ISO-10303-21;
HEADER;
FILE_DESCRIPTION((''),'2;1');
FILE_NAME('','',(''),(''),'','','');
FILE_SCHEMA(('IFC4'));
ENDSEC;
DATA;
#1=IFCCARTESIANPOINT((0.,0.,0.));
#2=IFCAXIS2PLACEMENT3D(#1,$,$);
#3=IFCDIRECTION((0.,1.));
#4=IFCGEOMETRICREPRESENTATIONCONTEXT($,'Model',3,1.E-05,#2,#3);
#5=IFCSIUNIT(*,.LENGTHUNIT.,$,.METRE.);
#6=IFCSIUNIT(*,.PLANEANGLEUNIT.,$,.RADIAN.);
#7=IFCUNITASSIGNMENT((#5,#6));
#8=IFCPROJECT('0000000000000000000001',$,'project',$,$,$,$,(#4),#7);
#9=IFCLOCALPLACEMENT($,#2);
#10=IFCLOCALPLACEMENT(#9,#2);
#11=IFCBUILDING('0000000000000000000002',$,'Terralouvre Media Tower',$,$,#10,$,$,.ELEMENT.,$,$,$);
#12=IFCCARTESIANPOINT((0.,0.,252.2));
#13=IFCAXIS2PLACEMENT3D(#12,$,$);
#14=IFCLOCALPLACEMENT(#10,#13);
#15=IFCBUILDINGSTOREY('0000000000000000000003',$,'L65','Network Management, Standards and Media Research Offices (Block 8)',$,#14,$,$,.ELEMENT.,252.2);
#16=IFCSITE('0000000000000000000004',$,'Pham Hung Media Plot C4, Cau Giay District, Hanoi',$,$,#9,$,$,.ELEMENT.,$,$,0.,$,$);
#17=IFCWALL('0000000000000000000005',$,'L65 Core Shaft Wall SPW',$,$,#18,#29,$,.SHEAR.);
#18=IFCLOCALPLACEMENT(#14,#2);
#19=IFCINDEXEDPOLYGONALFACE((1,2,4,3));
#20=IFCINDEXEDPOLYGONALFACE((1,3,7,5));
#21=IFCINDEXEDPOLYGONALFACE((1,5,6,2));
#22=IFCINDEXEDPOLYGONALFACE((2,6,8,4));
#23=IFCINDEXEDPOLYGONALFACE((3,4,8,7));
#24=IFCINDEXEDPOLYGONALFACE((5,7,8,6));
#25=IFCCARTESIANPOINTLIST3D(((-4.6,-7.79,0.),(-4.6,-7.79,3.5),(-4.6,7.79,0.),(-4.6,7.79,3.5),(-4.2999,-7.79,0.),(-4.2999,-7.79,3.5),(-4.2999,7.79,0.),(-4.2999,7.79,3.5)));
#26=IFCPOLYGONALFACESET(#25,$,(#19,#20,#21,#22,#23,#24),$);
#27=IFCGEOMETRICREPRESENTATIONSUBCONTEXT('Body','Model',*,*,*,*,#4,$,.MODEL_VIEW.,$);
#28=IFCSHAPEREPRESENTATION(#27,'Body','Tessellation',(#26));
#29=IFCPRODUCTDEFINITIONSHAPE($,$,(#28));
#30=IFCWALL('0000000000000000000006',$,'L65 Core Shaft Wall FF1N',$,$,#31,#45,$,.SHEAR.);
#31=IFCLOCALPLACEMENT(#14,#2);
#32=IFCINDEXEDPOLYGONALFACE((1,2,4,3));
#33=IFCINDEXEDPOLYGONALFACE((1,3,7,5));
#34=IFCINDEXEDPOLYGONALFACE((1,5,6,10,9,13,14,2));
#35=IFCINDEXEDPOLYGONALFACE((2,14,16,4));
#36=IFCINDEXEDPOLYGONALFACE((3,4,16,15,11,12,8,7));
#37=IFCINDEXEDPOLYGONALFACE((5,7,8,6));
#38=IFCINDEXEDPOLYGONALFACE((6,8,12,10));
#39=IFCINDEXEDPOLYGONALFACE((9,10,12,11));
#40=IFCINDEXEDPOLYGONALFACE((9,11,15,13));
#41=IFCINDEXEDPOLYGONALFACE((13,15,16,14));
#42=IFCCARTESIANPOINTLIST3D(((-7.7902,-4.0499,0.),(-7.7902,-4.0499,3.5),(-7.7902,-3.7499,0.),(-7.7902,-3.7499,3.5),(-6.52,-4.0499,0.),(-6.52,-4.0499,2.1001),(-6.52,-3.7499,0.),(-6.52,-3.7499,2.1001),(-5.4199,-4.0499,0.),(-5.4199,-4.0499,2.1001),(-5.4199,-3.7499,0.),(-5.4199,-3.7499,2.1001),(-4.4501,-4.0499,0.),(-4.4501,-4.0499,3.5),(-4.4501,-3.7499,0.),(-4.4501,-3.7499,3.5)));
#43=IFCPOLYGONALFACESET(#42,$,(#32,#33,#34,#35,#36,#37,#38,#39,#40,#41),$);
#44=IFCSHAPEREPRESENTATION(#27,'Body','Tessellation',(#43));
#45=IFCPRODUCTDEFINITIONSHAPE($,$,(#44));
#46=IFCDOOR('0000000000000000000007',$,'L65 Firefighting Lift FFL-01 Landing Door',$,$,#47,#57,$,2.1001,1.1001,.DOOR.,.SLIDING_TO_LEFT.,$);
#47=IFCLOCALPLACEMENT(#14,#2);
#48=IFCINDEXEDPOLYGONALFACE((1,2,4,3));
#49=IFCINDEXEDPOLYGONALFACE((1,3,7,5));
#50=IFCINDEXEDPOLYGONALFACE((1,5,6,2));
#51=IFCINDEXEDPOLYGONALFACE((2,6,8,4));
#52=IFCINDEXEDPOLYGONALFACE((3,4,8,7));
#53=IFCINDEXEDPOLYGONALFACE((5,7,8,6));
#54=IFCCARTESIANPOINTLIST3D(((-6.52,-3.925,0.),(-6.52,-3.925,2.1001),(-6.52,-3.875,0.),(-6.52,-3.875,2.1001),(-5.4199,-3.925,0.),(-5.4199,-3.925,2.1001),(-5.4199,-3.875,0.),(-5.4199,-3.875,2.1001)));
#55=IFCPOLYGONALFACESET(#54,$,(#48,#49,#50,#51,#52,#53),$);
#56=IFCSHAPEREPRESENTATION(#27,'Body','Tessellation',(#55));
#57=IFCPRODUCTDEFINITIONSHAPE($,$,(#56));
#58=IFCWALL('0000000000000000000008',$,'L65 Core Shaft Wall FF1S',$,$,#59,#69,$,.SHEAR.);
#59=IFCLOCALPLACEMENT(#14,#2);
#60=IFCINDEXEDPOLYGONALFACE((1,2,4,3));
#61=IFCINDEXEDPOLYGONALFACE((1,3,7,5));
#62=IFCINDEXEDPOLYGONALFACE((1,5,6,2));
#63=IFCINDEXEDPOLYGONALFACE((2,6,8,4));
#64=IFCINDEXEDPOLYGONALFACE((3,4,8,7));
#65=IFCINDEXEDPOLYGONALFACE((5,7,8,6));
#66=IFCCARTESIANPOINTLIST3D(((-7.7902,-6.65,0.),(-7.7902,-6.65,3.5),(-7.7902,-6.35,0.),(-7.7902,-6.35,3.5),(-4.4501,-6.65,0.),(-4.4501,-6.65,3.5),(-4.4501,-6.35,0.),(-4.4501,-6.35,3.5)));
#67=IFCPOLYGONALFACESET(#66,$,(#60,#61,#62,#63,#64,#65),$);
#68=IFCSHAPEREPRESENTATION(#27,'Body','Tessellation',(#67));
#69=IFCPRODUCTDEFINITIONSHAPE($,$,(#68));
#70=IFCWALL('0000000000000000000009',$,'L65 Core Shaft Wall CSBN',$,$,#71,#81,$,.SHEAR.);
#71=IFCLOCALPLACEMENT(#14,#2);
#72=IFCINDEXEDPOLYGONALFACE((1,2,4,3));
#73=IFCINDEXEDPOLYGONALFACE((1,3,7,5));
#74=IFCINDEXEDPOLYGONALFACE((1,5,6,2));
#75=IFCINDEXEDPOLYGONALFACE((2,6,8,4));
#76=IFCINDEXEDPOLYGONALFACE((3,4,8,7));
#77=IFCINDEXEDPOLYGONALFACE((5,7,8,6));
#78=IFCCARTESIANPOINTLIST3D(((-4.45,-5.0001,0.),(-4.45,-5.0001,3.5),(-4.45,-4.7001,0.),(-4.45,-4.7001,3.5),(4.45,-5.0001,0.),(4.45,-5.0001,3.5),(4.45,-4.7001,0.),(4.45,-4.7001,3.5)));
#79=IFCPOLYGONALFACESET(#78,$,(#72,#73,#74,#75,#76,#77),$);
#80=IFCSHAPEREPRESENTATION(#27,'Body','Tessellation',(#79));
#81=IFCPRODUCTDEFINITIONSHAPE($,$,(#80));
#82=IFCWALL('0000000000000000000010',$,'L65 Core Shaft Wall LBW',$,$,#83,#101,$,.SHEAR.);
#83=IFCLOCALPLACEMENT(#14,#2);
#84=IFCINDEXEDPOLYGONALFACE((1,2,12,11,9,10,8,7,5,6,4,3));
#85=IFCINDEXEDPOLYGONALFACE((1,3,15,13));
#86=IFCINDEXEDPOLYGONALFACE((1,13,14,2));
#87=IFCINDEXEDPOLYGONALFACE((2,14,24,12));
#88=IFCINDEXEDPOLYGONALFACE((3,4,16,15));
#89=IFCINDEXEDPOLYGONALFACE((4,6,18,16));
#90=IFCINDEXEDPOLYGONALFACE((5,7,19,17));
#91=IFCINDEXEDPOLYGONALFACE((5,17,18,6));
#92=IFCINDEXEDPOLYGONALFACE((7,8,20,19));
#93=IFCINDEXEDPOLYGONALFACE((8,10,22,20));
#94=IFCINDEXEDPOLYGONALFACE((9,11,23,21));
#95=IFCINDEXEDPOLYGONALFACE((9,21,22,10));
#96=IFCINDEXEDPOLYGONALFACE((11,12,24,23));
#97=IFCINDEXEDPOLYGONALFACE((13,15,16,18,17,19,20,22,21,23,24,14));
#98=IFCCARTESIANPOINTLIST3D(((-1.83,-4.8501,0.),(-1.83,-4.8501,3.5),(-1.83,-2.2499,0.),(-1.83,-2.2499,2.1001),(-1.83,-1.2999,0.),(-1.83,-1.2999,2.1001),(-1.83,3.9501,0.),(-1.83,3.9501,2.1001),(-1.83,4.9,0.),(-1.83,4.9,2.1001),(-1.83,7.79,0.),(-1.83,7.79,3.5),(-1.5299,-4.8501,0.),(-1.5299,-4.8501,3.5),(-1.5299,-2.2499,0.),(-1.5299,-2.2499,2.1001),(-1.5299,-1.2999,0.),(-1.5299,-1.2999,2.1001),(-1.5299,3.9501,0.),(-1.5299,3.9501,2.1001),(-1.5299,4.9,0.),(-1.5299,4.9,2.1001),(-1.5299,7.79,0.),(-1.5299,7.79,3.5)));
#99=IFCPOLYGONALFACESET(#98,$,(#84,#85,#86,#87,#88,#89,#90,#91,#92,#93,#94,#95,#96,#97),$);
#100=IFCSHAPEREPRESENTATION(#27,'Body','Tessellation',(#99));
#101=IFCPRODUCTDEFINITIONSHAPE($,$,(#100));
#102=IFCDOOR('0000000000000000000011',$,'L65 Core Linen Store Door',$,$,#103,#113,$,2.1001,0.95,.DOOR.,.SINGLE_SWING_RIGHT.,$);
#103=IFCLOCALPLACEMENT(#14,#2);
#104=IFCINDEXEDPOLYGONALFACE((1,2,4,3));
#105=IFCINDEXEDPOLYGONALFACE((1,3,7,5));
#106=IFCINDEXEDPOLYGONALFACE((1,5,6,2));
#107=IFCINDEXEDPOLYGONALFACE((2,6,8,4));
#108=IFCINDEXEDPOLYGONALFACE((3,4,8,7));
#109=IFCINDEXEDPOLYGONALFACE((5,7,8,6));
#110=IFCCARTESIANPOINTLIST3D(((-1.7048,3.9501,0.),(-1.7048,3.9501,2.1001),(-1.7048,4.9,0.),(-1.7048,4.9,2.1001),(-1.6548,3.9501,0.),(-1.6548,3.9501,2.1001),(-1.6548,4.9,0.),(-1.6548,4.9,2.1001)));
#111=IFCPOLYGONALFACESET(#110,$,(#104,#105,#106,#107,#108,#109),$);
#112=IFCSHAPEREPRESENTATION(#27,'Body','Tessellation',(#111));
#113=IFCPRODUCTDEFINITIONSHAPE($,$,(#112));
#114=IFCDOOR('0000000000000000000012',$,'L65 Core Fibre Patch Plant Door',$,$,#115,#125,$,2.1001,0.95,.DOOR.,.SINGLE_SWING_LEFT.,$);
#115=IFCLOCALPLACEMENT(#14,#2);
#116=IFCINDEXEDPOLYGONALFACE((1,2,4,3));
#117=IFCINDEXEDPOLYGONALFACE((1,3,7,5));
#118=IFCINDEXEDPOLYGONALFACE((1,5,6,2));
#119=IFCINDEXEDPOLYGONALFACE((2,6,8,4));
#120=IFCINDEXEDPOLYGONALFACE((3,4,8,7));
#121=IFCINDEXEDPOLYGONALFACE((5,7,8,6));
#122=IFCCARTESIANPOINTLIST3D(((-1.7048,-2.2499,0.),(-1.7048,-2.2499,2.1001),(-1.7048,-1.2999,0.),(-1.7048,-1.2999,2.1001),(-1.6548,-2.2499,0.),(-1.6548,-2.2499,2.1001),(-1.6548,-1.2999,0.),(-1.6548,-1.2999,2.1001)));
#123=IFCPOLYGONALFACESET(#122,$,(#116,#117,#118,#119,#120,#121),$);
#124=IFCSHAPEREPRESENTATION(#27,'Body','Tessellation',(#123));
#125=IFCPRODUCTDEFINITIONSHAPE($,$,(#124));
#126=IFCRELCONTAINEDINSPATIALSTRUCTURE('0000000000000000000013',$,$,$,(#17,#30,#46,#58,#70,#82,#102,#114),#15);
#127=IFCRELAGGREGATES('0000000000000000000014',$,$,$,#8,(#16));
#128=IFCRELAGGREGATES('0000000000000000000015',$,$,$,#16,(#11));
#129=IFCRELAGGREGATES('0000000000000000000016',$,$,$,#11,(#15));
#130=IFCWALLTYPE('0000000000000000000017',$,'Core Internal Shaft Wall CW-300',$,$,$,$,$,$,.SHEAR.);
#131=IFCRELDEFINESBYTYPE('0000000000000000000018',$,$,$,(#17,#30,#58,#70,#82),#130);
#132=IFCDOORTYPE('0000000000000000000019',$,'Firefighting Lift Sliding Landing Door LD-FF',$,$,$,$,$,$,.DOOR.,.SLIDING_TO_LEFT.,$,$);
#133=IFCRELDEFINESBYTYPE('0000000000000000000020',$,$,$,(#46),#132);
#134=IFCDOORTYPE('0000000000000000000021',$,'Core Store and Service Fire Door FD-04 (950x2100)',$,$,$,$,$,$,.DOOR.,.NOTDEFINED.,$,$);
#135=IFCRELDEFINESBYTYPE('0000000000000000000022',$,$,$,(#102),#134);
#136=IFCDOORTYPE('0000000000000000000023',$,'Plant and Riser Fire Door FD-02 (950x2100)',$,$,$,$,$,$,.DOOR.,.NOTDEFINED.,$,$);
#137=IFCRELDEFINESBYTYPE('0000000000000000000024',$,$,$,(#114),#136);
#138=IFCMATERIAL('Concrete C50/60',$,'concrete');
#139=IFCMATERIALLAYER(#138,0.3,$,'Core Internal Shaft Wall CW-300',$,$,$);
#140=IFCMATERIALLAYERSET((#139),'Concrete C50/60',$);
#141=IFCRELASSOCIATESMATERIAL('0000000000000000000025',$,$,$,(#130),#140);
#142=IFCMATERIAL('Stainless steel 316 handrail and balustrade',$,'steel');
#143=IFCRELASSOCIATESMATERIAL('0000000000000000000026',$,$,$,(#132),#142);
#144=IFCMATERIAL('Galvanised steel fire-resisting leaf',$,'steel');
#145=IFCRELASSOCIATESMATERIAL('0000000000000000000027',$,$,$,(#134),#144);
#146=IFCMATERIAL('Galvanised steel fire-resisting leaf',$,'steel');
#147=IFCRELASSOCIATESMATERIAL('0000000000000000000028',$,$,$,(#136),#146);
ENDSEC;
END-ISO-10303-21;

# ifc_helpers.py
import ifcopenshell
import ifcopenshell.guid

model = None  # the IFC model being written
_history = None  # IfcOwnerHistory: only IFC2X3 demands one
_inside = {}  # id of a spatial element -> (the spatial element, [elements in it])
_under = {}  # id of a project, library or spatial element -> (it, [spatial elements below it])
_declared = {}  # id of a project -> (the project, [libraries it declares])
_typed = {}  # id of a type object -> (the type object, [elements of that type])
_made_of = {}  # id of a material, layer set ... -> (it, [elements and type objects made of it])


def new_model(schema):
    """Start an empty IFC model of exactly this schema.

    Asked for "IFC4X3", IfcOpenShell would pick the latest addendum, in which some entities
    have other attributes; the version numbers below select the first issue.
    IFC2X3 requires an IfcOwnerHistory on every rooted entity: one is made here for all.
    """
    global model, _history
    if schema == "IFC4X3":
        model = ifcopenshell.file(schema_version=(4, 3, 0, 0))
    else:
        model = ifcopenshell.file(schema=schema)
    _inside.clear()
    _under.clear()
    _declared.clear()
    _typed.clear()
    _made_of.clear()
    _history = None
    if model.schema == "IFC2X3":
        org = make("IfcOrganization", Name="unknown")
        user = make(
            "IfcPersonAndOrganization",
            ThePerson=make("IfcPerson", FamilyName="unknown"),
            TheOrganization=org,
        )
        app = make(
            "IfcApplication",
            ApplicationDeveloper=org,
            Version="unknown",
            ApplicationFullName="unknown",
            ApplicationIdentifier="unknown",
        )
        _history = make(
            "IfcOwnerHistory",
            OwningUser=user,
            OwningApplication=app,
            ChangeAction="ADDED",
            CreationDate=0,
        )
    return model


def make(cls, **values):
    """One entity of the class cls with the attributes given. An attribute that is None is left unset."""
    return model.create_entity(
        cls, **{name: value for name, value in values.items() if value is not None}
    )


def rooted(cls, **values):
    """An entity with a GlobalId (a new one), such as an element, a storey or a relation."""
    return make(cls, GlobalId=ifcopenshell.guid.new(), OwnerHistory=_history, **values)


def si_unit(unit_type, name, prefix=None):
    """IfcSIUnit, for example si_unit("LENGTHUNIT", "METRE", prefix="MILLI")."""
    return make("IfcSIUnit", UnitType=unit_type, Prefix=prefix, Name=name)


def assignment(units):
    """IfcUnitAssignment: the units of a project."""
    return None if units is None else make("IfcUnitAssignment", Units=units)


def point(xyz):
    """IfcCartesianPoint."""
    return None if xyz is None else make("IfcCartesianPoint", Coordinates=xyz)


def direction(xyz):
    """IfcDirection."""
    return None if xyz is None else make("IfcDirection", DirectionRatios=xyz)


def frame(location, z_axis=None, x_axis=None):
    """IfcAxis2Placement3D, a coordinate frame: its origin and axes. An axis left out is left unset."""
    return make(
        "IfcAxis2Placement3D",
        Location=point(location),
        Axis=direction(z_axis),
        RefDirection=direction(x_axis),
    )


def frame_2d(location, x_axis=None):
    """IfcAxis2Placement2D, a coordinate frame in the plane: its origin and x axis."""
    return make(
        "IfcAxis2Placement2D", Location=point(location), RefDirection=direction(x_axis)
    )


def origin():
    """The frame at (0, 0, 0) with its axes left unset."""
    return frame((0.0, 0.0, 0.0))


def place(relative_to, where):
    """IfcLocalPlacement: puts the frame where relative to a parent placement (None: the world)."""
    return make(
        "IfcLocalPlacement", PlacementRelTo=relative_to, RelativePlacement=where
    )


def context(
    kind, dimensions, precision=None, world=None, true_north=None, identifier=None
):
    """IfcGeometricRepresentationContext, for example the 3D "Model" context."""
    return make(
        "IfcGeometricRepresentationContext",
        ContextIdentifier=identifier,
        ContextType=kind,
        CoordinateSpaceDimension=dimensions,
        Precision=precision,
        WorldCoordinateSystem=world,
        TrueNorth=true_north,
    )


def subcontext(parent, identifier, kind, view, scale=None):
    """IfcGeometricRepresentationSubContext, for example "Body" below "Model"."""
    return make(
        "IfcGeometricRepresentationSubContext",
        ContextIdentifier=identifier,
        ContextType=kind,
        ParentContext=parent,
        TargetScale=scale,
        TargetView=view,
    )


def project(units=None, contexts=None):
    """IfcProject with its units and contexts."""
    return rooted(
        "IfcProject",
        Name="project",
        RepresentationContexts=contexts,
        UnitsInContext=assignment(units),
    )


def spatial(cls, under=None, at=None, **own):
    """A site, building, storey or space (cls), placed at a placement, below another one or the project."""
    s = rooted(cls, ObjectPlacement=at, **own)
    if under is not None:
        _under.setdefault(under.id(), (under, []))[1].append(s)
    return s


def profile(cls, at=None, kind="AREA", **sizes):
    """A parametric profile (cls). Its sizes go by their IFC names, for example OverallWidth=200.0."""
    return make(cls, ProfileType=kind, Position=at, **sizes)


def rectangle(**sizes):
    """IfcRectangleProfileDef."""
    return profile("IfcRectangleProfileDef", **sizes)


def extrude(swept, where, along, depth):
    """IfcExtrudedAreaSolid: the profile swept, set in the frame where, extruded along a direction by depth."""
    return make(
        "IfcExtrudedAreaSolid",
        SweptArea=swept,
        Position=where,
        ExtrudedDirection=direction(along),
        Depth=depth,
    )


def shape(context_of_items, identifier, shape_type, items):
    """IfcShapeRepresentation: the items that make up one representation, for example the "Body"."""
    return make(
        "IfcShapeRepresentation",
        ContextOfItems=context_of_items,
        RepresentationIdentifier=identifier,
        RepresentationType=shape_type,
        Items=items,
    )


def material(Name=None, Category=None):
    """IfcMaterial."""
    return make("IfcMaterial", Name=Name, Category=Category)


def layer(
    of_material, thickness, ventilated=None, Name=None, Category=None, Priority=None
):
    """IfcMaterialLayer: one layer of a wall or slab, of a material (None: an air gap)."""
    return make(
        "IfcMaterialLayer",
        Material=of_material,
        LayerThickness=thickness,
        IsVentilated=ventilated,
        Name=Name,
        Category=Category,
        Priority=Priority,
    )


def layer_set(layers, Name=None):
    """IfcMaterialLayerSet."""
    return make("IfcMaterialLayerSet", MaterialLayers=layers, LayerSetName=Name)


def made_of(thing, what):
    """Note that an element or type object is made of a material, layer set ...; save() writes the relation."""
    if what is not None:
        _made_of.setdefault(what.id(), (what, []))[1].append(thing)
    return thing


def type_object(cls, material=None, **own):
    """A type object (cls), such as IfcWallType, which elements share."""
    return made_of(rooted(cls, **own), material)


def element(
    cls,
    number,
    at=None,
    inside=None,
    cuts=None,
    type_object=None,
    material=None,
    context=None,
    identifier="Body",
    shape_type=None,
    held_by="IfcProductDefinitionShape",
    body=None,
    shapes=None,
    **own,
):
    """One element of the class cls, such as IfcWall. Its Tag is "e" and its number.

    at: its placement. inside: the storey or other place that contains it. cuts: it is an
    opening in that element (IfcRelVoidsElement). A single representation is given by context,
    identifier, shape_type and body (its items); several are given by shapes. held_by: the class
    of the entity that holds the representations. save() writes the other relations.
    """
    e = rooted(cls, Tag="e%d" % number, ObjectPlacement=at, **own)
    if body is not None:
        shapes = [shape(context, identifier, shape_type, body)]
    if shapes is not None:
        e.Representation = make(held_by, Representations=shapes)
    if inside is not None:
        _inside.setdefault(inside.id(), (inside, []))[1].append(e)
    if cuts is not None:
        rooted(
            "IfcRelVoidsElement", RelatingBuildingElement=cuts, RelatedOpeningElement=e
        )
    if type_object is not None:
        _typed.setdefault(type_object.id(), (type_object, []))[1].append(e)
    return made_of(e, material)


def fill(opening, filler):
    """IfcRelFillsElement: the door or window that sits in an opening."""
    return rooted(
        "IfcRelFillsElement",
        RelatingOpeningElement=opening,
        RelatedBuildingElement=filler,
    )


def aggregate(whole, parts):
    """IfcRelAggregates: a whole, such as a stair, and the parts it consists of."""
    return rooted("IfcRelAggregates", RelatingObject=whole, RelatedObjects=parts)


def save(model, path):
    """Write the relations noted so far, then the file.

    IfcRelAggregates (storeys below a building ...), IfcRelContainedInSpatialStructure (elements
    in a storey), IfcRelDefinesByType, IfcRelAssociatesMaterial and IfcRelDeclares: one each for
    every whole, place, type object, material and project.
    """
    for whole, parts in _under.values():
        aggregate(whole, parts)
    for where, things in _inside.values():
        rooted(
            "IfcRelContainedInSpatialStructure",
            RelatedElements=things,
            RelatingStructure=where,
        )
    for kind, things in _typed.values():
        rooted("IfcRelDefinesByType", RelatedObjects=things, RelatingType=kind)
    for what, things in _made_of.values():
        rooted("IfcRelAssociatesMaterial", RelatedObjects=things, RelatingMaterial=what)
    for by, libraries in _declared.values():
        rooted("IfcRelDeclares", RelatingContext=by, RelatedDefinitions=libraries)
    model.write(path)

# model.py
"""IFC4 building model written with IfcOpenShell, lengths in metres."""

from ifc_helpers import new_model, si_unit, direction, frame, frame_2d, origin, place, context, subcontext, project, spatial, rectangle, extrude, material, layer, layer_set, type_object, element, fill, save


model = new_model("IFC4")

# Units and contexts
model_context = context("Model", 3, precision=1e-05, world=origin(), true_north=direction((0.0, 1.0)))
body_context = subcontext(model_context, "Body", "Model", "MODEL_VIEW")
ifc_project = project(units=[si_unit("LENGTHUNIT", "METRE"), si_unit("PLANEANGLEUNIT", "RADIAN")], contexts=[model_context])

# Site, building, storey
site_placement = place(None, origin())
site = spatial("IfcSite", under=ifc_project, at=site_placement, Name="Pham Hung Media Plot C4, Cau Giay District, Hanoi", CompositionType="ELEMENT", RefElevation=0.0)
building_placement = place(site_placement, origin())
building = spatial("IfcBuilding", under=site, at=building_placement, Name="Terralouvre Media Tower", CompositionType="ELEMENT")
storey_placement = place(building_placement, frame((0.0, 0.0, 252.2)))
storey = spatial("IfcBuildingStorey", under=building, at=storey_placement, Name="L65", Description="Network Management, Standards and Media Research Offices (Block 8)", CompositionType="ELEMENT", Elevation=252.2)

# Wall
ifc_material_1 = material(Name="Concrete C50/60", Category="concrete")
ifc_layer_1 = layer(ifc_material_1, 0.3, Name="Core Internal Shaft Wall CW-300")
ifc_layer_set_1 = layer_set([ifc_layer_1], Name="Concrete C50/60")
wall_type_1 = type_object("IfcWallType", Name="Core Internal Shaft Wall CW-300", PredefinedType="SHEAR", material=ifc_layer_set_1)
wall_1_placement = place(storey_placement, frame((-4.45, -7.79, 0.0), z_axis=(0.0, 0.0, 1.0), x_axis=(0.0, 1.0, 0.0)))
element("IfcWall", 1, at=wall_1_placement, inside=storey, type_object=wall_type_1, Name="L65 Core Shaft Wall SPW", PredefinedType="SHEAR", context=body_context, shape_type="SweptSolid", body=[
    extrude(rectangle(XDim=15.5801, YDim=0.3, at=frame_2d((7.79, 0.0))), origin(), (0.0, 0.0, 1.0), 3.5),
])

# Wall, opening, door
wall_2_placement = place(storey_placement, frame((-7.79, -3.8999, 0.0), z_axis=(0.0, 0.0, 1.0), x_axis=(1.0, 0.0, 0.0)))
wall_2 = element("IfcWall", 2, at=wall_2_placement, inside=storey, type_object=wall_type_1, Name="L65 Core Shaft Wall FF1N", PredefinedType="SHEAR", context=body_context, shape_type="SweptSolid", body=[
    extrude(rectangle(XDim=3.3401, YDim=0.3, at=frame_2d((1.6699, 0.0))), origin(), (0.0, 0.0, 1.0), 3.5),
])
opening_1_placement = place(wall_2_placement, frame((1.27, 0.0, 0.0)))
opening_1 = element("IfcOpeningElement", 3, at=opening_1_placement, cuts=wall_2, PredefinedType="OPENING", context=body_context, shape_type="SweptSolid", body=[
    extrude(rectangle(XDim=1.1001, YDim=2.1001, at=frame_2d((0.55, 1.05))), frame((0.0, 0.1599, 0.0), z_axis=(0.0, -1.0, 0.0), x_axis=(1.0, 0.0, 0.0)), (0.0, 0.0, 1.0), 0.3201),
])
ifc_material_2 = material(Name="Stainless steel 316 handrail and balustrade", Category="steel")
door_type_1 = type_object("IfcDoorType", Name="Firefighting Lift Sliding Landing Door LD-FF", OperationType="SLIDING_TO_LEFT", PredefinedType="DOOR", material=ifc_material_2)
door_1_placement = place(opening_1_placement, origin())
door_1 = element("IfcDoor", 4, at=door_1_placement, inside=storey, type_object=door_type_1, Name="L65 Firefighting Lift FFL-01 Landing Door", OperationType="SLIDING_TO_LEFT", OverallHeight=2.1001, OverallWidth=1.1001, PredefinedType="DOOR", context=body_context, shape_type="SweptSolid", body=[
    extrude(rectangle(XDim=1.1001, YDim=2.1001, at=frame_2d((0.55, 1.05))), frame((0.0, 0.0249, 0.0), z_axis=(0.0, -1.0, 0.0), x_axis=(1.0, 0.0, 0.0)), (0.0, 0.0, 1.0), 0.05),
])
fill(opening_1, door_1)

# Walls
wall_3_placement = place(storey_placement, frame((-7.79, -6.5, 0.0), z_axis=(0.0, 0.0, 1.0), x_axis=(1.0, 0.0, 0.0)))
element("IfcWall", 5, at=wall_3_placement, inside=storey, type_object=wall_type_1, Name="L65 Core Shaft Wall FF1S", PredefinedType="SHEAR", context=body_context, shape_type="SweptSolid", body=[
    extrude(rectangle(XDim=3.3401, YDim=0.3, at=frame_2d((1.6699, 0.0))), origin(), (0.0, 0.0, 1.0), 3.5),
])
wall_4_placement = place(storey_placement, frame((-4.45, -4.8501, 0.0), z_axis=(0.0, 0.0, 1.0), x_axis=(1.0, 0.0, 0.0)))
element("IfcWall", 6, at=wall_4_placement, inside=storey, type_object=wall_type_1, Name="L65 Core Shaft Wall CSBN", PredefinedType="SHEAR", context=body_context, shape_type="SweptSolid", body=[
    extrude(rectangle(XDim=8.8999, YDim=0.3, at=frame_2d((4.45, 0.0))), origin(), (0.0, 0.0, 1.0), 3.5),
])

# Wall, openings, doors
wall_5_placement = place(storey_placement, frame((-1.6799, -4.8501, 0.0), z_axis=(0.0, 0.0, 1.0), x_axis=(0.0, 1.0, 0.0)))
wall_5 = element("IfcWall", 7, at=wall_5_placement, inside=storey, type_object=wall_type_1, Name="L65 Core Shaft Wall LBW", PredefinedType="SHEAR", context=body_context, shape_type="SweptSolid", body=[
    extrude(rectangle(XDim=12.6401, YDim=0.3, at=frame_2d((6.3201, 0.0))), origin(), (0.0, 0.0, 1.0), 3.5),
])
opening_2_placement = place(wall_5_placement, frame((2.6001, 0.0, 0.0)))
opening_2 = element("IfcOpeningElement", 8, at=opening_2_placement, cuts=wall_5, PredefinedType="OPENING", context=body_context, shape_type="SweptSolid", body=[
    extrude(rectangle(XDim=0.95, YDim=2.1001, at=frame_2d((0.4751, 1.05))), frame((0.0, 0.1599, 0.0), z_axis=(0.0, -1.0, 0.0), x_axis=(1.0, 0.0, 0.0)), (0.0, 0.0, 1.0), 0.3201),
])
opening_3_placement = place(wall_5_placement, frame((8.8, 0.0, 0.0)))
opening_3 = element("IfcOpeningElement", 9, at=opening_3_placement, cuts=wall_5, PredefinedType="OPENING", context=body_context, shape_type="SweptSolid", body=[
    extrude(rectangle(XDim=0.95, YDim=2.1001, at=frame_2d((0.4751, 1.05))), frame((0.0, 0.1599, 0.0), z_axis=(0.0, -1.0, 0.0), x_axis=(1.0, 0.0, 0.0)), (0.0, 0.0, 1.0), 0.3201),
])
ifc_material_3 = material(Name="Galvanised steel fire-resisting leaf", Category="steel")
door_type_2 = type_object("IfcDoorType", Name="Core Store and Service Fire Door FD-04 (950x2100)", OperationType="NOTDEFINED", PredefinedType="DOOR", material=ifc_material_3)
door_2_placement = place(opening_3_placement, origin())
door_2 = element("IfcDoor", 10, at=door_2_placement, inside=storey, type_object=door_type_2, Name="L65 Core Linen Store Door", OperationType="SINGLE_SWING_RIGHT", OverallHeight=2.1001, OverallWidth=0.95, PredefinedType="DOOR", context=body_context, shape_type="SweptSolid", body=[
    extrude(rectangle(XDim=0.95, YDim=2.1001, at=frame_2d((0.4751, 1.05))), frame((0.0, 0.0249, 0.0), z_axis=(0.0, -1.0, 0.0), x_axis=(1.0, 0.0, 0.0)), (0.0, 0.0, 1.0), 0.05),
])
fill(opening_3, door_2)
ifc_material_4 = material(Name="Galvanised steel fire-resisting leaf", Category="steel")
door_type_3 = type_object("IfcDoorType", Name="Plant and Riser Fire Door FD-02 (950x2100)", OperationType="NOTDEFINED", PredefinedType="DOOR", material=ifc_material_4)
door_3_placement = place(opening_2_placement, origin())
door_3 = element("IfcDoor", 11, at=door_3_placement, inside=storey, type_object=door_type_3, Name="L65 Core Fibre Patch Plant Door", OperationType="SINGLE_SWING_LEFT", OverallHeight=2.1001, OverallWidth=0.95, PredefinedType="DOOR", context=body_context, shape_type="SweptSolid", body=[
    extrude(rectangle(XDim=0.95, YDim=2.1001, at=frame_2d((0.4751, 1.05))), frame((0.0, 0.0249, 0.0), z_axis=(0.0, -1.0, 0.0), x_axis=(1.0, 0.0, 0.0)), (0.0, 0.0, 1.0), 0.05),
])
fill(opening_2, door_3)

save(model, "model.ifc")
